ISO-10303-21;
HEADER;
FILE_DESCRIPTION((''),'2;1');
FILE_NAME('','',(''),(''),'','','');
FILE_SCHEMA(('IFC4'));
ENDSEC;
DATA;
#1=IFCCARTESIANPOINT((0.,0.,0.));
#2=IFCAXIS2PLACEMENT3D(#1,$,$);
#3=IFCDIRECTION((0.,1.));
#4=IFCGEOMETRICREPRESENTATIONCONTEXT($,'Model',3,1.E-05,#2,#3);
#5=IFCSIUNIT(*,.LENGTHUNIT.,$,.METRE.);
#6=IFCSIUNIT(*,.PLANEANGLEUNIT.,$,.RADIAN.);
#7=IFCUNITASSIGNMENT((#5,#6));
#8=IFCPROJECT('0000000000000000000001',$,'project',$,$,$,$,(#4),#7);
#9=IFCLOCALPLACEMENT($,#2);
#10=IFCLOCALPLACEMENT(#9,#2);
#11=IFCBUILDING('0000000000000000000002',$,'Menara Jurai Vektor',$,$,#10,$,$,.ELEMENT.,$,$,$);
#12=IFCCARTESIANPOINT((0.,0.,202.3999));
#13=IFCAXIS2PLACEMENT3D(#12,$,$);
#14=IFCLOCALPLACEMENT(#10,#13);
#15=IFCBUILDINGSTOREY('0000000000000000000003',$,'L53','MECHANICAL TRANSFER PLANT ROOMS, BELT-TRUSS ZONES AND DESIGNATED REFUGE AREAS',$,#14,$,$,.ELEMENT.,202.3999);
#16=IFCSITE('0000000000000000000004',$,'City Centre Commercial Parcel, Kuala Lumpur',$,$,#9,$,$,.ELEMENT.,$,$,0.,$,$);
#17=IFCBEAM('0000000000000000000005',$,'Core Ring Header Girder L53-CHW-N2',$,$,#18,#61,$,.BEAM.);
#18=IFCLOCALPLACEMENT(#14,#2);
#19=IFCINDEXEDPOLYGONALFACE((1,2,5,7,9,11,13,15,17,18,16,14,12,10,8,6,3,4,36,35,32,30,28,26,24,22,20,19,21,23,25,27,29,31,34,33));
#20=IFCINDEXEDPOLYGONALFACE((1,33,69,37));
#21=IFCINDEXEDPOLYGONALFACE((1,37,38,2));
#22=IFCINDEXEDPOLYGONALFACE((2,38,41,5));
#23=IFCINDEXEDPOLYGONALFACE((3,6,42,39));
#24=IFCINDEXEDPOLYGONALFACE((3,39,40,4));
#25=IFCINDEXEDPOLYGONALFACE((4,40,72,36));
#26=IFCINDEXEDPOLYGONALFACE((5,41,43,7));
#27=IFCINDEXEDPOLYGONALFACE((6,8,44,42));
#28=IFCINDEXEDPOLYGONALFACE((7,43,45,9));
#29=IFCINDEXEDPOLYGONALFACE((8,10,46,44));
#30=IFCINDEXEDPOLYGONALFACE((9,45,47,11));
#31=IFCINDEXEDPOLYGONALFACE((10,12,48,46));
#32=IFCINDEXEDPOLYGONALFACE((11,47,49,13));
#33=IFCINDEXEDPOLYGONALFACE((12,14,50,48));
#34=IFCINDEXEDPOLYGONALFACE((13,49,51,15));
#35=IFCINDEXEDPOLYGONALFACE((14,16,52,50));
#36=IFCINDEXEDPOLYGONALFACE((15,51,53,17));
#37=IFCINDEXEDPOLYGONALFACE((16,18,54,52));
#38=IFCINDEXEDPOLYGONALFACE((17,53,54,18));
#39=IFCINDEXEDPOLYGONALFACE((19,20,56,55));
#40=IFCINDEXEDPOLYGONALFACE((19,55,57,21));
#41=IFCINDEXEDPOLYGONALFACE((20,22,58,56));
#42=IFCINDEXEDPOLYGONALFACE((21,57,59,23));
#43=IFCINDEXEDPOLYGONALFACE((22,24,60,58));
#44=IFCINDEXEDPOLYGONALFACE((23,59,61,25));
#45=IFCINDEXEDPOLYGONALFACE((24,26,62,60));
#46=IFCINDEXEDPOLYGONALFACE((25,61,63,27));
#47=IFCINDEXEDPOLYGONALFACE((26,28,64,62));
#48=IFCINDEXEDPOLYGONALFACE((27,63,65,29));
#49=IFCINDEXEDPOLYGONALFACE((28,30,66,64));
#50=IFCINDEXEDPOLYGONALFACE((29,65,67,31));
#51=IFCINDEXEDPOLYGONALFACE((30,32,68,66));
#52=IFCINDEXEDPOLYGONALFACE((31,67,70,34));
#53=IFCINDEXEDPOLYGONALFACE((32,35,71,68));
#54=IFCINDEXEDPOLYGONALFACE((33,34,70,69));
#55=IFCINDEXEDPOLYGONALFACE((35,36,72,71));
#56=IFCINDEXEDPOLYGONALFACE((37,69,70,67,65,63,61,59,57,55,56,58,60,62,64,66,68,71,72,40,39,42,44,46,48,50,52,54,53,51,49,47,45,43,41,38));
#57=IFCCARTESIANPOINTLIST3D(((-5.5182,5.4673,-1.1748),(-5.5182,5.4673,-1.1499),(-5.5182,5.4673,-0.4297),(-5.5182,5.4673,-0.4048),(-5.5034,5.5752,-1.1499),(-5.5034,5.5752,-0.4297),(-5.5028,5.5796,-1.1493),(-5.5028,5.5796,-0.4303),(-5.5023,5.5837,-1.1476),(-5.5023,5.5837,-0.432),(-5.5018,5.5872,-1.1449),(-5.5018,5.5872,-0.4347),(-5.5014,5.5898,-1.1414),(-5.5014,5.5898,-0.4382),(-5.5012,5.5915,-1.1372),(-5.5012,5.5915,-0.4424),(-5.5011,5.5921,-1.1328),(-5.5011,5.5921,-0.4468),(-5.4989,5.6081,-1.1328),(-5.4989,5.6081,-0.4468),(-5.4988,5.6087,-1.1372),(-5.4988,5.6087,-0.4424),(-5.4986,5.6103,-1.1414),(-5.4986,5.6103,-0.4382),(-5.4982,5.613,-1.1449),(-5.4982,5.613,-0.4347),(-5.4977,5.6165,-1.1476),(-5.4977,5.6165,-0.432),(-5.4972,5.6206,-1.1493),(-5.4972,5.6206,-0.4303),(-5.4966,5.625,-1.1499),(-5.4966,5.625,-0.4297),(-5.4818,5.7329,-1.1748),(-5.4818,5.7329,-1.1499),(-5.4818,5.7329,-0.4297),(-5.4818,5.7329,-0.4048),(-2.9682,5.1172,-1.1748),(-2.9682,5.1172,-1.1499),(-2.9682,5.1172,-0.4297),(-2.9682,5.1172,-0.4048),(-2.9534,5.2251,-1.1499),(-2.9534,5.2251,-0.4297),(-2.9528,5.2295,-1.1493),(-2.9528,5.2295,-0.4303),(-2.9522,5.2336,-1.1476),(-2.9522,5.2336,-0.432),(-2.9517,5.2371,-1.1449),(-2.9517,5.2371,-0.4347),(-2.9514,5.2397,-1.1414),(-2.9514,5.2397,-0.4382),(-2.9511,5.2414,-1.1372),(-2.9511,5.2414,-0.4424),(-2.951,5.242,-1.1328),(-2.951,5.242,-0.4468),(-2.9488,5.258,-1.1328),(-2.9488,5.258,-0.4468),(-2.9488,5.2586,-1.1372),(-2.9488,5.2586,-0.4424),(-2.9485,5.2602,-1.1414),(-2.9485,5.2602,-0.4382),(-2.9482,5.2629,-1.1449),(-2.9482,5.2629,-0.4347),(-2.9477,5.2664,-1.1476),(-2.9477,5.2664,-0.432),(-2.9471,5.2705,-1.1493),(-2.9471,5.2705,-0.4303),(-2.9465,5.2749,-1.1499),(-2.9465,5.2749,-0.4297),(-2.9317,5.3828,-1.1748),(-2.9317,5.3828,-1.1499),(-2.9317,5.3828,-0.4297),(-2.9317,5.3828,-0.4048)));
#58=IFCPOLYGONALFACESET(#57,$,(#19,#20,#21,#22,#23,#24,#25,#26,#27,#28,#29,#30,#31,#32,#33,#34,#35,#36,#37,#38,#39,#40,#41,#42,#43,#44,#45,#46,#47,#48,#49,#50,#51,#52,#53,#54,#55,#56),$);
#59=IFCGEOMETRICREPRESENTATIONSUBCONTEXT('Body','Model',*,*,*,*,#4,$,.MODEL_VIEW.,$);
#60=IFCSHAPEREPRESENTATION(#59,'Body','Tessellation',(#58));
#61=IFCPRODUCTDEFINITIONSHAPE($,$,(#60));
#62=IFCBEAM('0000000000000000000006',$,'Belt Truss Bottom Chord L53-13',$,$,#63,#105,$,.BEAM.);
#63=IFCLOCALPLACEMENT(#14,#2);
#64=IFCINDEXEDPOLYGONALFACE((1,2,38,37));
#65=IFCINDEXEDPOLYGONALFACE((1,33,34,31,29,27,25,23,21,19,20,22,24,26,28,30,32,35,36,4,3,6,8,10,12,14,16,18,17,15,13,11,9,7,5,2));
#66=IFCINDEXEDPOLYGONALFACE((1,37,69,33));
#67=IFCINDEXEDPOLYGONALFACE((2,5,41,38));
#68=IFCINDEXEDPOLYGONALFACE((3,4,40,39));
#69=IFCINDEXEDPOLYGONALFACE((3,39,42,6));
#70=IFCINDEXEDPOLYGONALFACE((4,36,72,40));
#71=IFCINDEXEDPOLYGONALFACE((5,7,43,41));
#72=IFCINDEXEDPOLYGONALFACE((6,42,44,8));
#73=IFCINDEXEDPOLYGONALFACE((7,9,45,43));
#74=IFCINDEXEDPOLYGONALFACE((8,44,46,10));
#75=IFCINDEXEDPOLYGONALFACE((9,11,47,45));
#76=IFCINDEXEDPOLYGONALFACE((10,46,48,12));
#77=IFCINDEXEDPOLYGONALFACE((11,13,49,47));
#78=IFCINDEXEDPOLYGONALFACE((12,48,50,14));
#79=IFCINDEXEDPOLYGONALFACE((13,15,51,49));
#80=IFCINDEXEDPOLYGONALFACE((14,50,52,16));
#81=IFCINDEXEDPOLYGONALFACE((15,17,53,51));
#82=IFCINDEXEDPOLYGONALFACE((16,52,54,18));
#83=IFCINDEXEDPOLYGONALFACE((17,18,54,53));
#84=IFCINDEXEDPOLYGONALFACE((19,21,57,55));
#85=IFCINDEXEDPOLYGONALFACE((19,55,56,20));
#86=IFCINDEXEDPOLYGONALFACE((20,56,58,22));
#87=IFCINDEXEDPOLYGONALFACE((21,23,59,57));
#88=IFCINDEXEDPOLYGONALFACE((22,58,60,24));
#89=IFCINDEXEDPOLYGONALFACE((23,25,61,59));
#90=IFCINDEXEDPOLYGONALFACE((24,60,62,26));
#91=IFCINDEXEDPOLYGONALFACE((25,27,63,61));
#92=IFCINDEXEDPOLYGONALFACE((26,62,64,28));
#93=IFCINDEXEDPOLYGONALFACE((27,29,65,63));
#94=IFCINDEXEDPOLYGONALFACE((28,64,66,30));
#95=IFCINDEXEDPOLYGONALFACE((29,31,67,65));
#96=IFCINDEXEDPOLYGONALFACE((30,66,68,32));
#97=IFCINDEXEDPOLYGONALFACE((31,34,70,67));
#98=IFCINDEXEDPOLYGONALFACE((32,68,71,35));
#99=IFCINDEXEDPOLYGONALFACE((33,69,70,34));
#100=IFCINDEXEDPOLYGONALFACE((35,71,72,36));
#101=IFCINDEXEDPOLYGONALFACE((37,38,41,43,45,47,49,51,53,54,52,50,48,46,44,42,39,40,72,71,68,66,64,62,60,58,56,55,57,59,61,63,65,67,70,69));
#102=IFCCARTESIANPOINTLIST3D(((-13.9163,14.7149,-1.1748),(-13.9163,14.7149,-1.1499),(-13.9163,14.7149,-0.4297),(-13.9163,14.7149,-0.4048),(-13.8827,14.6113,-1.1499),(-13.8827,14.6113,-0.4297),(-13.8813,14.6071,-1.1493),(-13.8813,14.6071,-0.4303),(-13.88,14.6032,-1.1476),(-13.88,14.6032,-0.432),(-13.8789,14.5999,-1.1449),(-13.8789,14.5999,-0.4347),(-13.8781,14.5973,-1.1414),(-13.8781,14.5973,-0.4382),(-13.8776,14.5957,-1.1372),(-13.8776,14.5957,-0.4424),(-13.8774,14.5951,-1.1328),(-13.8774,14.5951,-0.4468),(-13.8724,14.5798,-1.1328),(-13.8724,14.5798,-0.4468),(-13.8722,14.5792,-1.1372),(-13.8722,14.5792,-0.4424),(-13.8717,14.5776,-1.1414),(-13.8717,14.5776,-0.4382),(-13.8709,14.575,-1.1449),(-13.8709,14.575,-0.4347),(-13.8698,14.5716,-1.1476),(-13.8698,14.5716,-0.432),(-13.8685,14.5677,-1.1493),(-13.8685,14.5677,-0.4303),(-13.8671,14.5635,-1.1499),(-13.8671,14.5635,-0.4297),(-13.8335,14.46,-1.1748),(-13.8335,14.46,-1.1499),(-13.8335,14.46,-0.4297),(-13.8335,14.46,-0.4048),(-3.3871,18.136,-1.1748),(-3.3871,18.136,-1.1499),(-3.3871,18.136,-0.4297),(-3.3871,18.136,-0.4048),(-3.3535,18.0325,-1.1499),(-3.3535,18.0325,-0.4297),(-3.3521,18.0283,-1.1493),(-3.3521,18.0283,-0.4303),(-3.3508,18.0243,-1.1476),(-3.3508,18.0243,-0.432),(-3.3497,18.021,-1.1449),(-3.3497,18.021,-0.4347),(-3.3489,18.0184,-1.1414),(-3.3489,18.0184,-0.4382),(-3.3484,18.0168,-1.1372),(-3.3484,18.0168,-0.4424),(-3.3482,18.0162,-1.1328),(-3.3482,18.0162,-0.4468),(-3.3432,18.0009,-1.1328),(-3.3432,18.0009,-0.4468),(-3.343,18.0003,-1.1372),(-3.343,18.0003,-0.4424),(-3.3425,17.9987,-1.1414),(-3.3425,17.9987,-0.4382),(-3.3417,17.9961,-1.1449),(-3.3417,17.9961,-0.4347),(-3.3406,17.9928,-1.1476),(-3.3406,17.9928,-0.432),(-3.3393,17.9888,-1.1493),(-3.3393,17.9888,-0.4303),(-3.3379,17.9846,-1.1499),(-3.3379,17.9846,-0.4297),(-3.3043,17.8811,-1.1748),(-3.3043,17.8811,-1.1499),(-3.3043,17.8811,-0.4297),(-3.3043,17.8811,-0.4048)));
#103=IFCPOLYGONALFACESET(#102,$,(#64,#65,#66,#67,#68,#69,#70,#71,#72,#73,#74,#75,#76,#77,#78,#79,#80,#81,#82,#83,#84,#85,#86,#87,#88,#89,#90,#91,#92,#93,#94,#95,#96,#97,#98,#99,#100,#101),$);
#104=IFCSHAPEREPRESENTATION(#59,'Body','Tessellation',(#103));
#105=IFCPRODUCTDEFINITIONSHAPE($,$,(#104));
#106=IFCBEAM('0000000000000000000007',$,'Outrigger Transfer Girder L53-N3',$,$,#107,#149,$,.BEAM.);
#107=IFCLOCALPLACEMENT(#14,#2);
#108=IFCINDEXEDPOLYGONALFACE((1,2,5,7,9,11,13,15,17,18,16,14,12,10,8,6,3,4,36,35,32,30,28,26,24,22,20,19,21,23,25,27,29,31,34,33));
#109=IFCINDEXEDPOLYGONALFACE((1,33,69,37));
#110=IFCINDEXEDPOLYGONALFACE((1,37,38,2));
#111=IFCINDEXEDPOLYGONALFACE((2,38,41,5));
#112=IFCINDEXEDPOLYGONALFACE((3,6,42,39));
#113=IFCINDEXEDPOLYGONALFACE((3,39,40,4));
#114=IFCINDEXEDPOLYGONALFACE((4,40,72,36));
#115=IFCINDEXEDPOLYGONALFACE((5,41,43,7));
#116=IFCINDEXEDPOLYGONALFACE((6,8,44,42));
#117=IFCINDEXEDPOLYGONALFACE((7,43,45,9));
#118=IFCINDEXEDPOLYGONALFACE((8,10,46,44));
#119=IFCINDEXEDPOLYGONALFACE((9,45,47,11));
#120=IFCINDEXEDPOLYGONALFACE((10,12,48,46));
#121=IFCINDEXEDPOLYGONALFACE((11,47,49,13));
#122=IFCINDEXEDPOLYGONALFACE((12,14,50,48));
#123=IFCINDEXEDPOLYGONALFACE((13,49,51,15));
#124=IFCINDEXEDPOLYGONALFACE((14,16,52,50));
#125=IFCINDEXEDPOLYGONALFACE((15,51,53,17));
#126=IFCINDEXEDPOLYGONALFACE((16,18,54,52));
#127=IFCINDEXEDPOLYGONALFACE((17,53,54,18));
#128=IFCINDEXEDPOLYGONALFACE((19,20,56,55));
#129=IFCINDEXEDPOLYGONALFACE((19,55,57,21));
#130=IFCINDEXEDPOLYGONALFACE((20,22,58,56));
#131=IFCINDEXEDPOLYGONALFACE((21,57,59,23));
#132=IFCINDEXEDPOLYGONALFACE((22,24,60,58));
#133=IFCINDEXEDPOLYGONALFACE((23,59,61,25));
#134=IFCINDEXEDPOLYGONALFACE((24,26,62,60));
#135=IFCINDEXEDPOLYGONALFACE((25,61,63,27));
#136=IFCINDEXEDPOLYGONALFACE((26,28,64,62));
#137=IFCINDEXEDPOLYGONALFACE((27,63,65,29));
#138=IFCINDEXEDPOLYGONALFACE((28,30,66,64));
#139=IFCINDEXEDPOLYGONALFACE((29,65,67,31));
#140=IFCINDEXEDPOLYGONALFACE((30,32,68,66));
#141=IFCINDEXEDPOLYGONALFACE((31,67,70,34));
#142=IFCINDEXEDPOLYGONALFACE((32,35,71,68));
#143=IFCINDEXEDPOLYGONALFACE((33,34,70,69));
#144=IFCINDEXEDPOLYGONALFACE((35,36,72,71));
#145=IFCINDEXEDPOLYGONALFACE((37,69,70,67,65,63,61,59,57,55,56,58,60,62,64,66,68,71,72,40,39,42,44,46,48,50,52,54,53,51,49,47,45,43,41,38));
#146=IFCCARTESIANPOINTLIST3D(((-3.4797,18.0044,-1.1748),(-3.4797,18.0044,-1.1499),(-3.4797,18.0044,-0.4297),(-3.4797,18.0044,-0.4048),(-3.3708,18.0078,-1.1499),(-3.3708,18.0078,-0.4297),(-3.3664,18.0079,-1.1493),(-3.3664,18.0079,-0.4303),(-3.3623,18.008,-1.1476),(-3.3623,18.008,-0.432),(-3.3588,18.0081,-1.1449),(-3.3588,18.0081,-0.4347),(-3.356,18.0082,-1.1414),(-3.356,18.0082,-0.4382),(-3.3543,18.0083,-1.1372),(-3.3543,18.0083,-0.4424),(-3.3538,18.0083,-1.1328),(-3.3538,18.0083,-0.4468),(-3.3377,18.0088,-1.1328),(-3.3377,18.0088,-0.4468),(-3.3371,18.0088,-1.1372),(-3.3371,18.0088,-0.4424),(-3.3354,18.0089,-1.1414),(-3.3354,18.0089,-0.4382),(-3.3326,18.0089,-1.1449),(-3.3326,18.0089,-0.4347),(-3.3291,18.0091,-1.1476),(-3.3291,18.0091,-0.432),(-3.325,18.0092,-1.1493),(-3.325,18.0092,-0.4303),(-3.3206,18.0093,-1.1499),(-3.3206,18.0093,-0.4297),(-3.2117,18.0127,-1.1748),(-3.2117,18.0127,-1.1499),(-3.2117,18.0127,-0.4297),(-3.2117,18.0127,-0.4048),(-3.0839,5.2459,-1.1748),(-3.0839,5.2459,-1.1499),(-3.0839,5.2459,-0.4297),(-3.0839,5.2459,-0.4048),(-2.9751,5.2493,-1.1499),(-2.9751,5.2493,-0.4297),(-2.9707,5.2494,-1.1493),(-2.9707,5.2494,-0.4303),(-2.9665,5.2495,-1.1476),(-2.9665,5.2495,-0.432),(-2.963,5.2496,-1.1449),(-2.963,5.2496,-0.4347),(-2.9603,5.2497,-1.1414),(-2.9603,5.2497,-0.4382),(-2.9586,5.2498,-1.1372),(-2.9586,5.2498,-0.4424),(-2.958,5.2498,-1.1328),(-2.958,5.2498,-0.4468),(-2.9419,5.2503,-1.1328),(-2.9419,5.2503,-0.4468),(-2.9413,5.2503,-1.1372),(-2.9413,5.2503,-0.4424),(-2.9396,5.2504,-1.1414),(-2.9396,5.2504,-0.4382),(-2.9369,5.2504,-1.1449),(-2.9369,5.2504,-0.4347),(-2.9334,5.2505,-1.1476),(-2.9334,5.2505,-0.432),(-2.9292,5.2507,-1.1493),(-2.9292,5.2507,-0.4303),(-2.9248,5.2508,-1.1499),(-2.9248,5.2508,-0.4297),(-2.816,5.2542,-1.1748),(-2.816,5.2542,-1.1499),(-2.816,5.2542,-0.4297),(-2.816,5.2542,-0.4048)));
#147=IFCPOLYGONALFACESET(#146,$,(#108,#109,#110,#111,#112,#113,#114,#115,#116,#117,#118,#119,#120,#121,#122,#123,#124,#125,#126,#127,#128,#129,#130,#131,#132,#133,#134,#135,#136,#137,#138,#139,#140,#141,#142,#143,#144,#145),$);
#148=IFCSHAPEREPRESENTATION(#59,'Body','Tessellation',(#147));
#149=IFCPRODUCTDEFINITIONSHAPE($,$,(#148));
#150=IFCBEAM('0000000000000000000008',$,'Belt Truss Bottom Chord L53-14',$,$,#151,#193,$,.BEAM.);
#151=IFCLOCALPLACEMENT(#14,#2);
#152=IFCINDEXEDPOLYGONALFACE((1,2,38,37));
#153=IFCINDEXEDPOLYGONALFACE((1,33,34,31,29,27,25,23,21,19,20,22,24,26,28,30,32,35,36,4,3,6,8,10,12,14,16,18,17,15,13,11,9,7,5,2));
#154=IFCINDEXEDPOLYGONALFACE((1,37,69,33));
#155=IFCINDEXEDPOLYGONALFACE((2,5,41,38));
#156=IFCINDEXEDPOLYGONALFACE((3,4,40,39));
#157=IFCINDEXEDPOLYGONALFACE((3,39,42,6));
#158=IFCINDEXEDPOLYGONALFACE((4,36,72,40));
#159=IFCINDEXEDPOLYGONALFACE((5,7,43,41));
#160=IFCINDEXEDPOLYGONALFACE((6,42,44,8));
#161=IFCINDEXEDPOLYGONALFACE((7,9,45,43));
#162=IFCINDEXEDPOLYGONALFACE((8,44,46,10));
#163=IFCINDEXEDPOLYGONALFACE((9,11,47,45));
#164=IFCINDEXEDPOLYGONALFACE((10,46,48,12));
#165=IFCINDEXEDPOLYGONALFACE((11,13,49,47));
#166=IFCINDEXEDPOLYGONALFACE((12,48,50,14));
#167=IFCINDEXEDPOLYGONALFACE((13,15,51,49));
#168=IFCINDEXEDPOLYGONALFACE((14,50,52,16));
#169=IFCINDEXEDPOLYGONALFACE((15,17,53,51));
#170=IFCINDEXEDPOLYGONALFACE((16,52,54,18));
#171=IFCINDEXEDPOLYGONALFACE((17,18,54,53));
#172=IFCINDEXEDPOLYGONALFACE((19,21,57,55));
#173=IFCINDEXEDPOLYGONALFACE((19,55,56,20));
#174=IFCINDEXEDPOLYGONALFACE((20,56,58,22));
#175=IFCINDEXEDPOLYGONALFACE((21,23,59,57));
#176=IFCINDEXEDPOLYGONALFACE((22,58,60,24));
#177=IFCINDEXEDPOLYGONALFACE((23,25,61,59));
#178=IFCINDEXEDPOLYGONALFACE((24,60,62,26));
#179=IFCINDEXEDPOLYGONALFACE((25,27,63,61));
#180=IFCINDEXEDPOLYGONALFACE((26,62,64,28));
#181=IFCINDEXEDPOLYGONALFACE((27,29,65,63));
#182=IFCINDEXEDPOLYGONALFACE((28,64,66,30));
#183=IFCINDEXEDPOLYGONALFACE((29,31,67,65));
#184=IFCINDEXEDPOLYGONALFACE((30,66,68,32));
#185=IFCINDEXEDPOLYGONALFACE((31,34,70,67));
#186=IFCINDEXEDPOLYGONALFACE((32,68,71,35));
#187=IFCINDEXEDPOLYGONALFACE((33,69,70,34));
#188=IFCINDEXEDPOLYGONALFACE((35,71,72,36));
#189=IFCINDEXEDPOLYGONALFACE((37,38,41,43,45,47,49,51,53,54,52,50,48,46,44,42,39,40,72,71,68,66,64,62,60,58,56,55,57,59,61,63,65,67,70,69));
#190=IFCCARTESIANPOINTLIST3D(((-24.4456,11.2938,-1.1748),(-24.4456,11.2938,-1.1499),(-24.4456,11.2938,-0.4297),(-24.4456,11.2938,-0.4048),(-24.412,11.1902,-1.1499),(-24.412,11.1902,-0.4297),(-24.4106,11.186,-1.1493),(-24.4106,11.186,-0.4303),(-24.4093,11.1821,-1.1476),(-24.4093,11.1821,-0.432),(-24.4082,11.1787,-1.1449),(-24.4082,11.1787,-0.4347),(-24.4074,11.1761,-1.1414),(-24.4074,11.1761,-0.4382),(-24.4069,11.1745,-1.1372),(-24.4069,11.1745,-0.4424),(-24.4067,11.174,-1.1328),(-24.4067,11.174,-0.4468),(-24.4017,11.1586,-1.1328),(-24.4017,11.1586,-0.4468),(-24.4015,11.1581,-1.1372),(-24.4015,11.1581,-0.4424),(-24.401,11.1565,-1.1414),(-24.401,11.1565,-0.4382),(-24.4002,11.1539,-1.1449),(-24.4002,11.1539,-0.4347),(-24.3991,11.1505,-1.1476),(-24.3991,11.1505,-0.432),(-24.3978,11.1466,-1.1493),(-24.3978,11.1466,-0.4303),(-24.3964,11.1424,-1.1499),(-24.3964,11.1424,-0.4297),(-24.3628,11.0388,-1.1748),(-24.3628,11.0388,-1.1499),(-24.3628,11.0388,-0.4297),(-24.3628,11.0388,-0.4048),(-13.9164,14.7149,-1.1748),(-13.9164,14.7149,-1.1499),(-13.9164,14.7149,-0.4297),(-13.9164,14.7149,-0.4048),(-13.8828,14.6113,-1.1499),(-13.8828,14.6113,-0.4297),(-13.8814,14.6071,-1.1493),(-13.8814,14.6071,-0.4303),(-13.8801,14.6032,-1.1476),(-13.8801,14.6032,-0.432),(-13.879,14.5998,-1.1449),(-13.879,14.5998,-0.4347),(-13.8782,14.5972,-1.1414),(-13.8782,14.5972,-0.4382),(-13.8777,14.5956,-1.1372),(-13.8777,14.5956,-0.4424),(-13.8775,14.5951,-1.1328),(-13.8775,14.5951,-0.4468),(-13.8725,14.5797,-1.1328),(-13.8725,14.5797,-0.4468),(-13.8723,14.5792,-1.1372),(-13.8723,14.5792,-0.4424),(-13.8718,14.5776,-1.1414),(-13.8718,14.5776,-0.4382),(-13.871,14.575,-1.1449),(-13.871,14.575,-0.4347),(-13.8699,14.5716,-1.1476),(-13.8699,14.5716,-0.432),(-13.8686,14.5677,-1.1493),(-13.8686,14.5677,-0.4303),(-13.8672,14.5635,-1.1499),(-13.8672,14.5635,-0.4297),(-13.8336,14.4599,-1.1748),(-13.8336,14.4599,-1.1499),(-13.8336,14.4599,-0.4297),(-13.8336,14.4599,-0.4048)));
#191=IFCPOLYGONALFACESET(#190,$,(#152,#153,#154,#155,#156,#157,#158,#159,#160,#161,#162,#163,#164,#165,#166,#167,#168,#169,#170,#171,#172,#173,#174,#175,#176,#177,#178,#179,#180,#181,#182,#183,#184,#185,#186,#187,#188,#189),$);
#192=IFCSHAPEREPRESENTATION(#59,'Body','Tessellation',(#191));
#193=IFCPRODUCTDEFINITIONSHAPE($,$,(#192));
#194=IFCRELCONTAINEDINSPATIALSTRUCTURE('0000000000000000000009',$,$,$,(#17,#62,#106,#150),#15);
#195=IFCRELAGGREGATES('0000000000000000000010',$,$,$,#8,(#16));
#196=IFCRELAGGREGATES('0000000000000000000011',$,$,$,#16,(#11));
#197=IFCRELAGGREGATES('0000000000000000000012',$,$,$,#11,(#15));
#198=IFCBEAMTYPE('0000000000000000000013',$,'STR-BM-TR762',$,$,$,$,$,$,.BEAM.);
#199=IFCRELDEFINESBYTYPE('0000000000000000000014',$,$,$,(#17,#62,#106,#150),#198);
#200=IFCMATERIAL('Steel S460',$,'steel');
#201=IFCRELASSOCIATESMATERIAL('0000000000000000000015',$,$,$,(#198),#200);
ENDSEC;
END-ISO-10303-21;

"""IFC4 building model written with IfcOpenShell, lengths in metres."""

from ifc_helpers import new_model, si_unit, direction, frame, origin, origin_2d, place, context, subcontext, project, spatial, i_section, extrude, material, material_profile, profile_set, type_object, element, save


model = new_model("IFC4")

# Units and contexts
model_context = context("Model", 3, precision=1e-05, world=origin(), true_north=direction((0.0, 1.0)))
body_context = subcontext(model_context, "Body", "Model", "MODEL_VIEW")
ifc_project = project(units=[si_unit("LENGTHUNIT", "METRE"), si_unit("PLANEANGLEUNIT", "RADIAN")], contexts=[model_context])

# Site, building, storey
site_placement = place(None, origin())
site = spatial("IfcSite", under=ifc_project, at=site_placement, Name="City Centre Commercial Parcel, Kuala Lumpur", CompositionType="ELEMENT", RefElevation=0.0)
building_placement = place(site_placement, origin())
building = spatial("IfcBuilding", under=site, at=building_placement, Name="Menara Jurai Vektor", CompositionType="ELEMENT")
storey_placement = place(building_placement, frame((0.0, 0.0, 202.3999)))
storey = spatial("IfcBuildingStorey", under=building, at=storey_placement, Name="L53", Description="MECHANICAL TRANSFER PLANT ROOMS, BELT-TRUSS ZONES AND DESIGNATED REFUGE AREAS", CompositionType="ELEMENT", Elevation=202.3999)

# Shared definitions
ifc_material_1 = material(Name="Steel S460", Category="steel")

# Beams
ifc_material_profile_1 = material_profile(ifc_material_1, i_section(OverallWidth=0.2681, OverallDepth=0.77, WebThickness=0.0161, FlangeThickness=0.0249, FilletRadius=0.0171, at=origin_2d()), Name="UKB 762x267x197")
ifc_profile_set_1 = profile_set([ifc_material_profile_1], Name="Steel S460")
beam_type_1 = type_object("IfcBeamType", Name="STR-BM-TR762", PredefinedType="BEAM", material=ifc_profile_set_1)
beam_1_placement = place(storey_placement, frame((-5.5, 5.6001, -0.7898), z_axis=(0.990707, -0.136015, 0.0), x_axis=(0.136015, 0.990707, 0.0)))
element("IfcBeam", 1, at=beam_1_placement, inside=storey, type_object=beam_type_1, Name="Core Ring Header Girder L53-CHW-N2", PredefinedType="BEAM", context=body_context, shape_type="SweptSolid", body=[
    extrude(i_section(OverallWidth=0.2681, OverallDepth=0.77, WebThickness=0.0161, FlangeThickness=0.0249, FilletRadius=0.0171, at=origin_2d()), origin(), (0.0, 0.0, 1.0), 2.574),
])
beam_2_placement = place(storey_placement, frame((-3.3457, 18.0085, -0.7898), z_axis=(-0.951057, -0.309014, 0.0), x_axis=(0.309014, -0.951057, 0.0)))
element("IfcBeam", 2, at=beam_2_placement, inside=storey, type_object=beam_type_1, Name="Belt Truss Bottom Chord L53-13", PredefinedType="BEAM", context=body_context, shape_type="SweptSolid", body=[
    extrude(i_section(OverallWidth=0.2681, OverallDepth=0.77, WebThickness=0.0161, FlangeThickness=0.0249, FilletRadius=0.0171, at=origin_2d()), origin(), (0.0, 0.0, 1.0), 11.071),
])
beam_3_placement = place(storey_placement, frame((-3.3457, 18.0085, -0.7898), z_axis=(0.031004, -0.999519, 0.0), x_axis=(0.999519, 0.031004, 0.0)))
element("IfcBeam", 3, at=beam_3_placement, inside=storey, type_object=beam_type_1, Name="Outrigger Transfer Girder L53-N3", PredefinedType="BEAM", context=body_context, shape_type="SweptSolid", body=[
    extrude(i_section(OverallWidth=0.2681, OverallDepth=0.77, WebThickness=0.0161, FlangeThickness=0.0249, FilletRadius=0.0171, at=origin_2d()), origin(), (0.0, 0.0, 1.0), 12.7646),
])
beam_4_placement = place(storey_placement, frame((-13.875, 14.5874, -0.7898), z_axis=(-0.951057, -0.309014, 0.0), x_axis=(0.309014, -0.951057, 0.0)))
element("IfcBeam", 4, at=beam_4_placement, inside=storey, type_object=beam_type_1, Name="Belt Truss Bottom Chord L53-14", PredefinedType="BEAM", context=body_context, shape_type="SweptSolid", body=[
    extrude(i_section(OverallWidth=0.2681, OverallDepth=0.77, WebThickness=0.0161, FlangeThickness=0.0249, FilletRadius=0.0171, at=origin_2d()), origin(), (0.0, 0.0, 1.0), 11.071),
])

save(model, "model.ifc")
